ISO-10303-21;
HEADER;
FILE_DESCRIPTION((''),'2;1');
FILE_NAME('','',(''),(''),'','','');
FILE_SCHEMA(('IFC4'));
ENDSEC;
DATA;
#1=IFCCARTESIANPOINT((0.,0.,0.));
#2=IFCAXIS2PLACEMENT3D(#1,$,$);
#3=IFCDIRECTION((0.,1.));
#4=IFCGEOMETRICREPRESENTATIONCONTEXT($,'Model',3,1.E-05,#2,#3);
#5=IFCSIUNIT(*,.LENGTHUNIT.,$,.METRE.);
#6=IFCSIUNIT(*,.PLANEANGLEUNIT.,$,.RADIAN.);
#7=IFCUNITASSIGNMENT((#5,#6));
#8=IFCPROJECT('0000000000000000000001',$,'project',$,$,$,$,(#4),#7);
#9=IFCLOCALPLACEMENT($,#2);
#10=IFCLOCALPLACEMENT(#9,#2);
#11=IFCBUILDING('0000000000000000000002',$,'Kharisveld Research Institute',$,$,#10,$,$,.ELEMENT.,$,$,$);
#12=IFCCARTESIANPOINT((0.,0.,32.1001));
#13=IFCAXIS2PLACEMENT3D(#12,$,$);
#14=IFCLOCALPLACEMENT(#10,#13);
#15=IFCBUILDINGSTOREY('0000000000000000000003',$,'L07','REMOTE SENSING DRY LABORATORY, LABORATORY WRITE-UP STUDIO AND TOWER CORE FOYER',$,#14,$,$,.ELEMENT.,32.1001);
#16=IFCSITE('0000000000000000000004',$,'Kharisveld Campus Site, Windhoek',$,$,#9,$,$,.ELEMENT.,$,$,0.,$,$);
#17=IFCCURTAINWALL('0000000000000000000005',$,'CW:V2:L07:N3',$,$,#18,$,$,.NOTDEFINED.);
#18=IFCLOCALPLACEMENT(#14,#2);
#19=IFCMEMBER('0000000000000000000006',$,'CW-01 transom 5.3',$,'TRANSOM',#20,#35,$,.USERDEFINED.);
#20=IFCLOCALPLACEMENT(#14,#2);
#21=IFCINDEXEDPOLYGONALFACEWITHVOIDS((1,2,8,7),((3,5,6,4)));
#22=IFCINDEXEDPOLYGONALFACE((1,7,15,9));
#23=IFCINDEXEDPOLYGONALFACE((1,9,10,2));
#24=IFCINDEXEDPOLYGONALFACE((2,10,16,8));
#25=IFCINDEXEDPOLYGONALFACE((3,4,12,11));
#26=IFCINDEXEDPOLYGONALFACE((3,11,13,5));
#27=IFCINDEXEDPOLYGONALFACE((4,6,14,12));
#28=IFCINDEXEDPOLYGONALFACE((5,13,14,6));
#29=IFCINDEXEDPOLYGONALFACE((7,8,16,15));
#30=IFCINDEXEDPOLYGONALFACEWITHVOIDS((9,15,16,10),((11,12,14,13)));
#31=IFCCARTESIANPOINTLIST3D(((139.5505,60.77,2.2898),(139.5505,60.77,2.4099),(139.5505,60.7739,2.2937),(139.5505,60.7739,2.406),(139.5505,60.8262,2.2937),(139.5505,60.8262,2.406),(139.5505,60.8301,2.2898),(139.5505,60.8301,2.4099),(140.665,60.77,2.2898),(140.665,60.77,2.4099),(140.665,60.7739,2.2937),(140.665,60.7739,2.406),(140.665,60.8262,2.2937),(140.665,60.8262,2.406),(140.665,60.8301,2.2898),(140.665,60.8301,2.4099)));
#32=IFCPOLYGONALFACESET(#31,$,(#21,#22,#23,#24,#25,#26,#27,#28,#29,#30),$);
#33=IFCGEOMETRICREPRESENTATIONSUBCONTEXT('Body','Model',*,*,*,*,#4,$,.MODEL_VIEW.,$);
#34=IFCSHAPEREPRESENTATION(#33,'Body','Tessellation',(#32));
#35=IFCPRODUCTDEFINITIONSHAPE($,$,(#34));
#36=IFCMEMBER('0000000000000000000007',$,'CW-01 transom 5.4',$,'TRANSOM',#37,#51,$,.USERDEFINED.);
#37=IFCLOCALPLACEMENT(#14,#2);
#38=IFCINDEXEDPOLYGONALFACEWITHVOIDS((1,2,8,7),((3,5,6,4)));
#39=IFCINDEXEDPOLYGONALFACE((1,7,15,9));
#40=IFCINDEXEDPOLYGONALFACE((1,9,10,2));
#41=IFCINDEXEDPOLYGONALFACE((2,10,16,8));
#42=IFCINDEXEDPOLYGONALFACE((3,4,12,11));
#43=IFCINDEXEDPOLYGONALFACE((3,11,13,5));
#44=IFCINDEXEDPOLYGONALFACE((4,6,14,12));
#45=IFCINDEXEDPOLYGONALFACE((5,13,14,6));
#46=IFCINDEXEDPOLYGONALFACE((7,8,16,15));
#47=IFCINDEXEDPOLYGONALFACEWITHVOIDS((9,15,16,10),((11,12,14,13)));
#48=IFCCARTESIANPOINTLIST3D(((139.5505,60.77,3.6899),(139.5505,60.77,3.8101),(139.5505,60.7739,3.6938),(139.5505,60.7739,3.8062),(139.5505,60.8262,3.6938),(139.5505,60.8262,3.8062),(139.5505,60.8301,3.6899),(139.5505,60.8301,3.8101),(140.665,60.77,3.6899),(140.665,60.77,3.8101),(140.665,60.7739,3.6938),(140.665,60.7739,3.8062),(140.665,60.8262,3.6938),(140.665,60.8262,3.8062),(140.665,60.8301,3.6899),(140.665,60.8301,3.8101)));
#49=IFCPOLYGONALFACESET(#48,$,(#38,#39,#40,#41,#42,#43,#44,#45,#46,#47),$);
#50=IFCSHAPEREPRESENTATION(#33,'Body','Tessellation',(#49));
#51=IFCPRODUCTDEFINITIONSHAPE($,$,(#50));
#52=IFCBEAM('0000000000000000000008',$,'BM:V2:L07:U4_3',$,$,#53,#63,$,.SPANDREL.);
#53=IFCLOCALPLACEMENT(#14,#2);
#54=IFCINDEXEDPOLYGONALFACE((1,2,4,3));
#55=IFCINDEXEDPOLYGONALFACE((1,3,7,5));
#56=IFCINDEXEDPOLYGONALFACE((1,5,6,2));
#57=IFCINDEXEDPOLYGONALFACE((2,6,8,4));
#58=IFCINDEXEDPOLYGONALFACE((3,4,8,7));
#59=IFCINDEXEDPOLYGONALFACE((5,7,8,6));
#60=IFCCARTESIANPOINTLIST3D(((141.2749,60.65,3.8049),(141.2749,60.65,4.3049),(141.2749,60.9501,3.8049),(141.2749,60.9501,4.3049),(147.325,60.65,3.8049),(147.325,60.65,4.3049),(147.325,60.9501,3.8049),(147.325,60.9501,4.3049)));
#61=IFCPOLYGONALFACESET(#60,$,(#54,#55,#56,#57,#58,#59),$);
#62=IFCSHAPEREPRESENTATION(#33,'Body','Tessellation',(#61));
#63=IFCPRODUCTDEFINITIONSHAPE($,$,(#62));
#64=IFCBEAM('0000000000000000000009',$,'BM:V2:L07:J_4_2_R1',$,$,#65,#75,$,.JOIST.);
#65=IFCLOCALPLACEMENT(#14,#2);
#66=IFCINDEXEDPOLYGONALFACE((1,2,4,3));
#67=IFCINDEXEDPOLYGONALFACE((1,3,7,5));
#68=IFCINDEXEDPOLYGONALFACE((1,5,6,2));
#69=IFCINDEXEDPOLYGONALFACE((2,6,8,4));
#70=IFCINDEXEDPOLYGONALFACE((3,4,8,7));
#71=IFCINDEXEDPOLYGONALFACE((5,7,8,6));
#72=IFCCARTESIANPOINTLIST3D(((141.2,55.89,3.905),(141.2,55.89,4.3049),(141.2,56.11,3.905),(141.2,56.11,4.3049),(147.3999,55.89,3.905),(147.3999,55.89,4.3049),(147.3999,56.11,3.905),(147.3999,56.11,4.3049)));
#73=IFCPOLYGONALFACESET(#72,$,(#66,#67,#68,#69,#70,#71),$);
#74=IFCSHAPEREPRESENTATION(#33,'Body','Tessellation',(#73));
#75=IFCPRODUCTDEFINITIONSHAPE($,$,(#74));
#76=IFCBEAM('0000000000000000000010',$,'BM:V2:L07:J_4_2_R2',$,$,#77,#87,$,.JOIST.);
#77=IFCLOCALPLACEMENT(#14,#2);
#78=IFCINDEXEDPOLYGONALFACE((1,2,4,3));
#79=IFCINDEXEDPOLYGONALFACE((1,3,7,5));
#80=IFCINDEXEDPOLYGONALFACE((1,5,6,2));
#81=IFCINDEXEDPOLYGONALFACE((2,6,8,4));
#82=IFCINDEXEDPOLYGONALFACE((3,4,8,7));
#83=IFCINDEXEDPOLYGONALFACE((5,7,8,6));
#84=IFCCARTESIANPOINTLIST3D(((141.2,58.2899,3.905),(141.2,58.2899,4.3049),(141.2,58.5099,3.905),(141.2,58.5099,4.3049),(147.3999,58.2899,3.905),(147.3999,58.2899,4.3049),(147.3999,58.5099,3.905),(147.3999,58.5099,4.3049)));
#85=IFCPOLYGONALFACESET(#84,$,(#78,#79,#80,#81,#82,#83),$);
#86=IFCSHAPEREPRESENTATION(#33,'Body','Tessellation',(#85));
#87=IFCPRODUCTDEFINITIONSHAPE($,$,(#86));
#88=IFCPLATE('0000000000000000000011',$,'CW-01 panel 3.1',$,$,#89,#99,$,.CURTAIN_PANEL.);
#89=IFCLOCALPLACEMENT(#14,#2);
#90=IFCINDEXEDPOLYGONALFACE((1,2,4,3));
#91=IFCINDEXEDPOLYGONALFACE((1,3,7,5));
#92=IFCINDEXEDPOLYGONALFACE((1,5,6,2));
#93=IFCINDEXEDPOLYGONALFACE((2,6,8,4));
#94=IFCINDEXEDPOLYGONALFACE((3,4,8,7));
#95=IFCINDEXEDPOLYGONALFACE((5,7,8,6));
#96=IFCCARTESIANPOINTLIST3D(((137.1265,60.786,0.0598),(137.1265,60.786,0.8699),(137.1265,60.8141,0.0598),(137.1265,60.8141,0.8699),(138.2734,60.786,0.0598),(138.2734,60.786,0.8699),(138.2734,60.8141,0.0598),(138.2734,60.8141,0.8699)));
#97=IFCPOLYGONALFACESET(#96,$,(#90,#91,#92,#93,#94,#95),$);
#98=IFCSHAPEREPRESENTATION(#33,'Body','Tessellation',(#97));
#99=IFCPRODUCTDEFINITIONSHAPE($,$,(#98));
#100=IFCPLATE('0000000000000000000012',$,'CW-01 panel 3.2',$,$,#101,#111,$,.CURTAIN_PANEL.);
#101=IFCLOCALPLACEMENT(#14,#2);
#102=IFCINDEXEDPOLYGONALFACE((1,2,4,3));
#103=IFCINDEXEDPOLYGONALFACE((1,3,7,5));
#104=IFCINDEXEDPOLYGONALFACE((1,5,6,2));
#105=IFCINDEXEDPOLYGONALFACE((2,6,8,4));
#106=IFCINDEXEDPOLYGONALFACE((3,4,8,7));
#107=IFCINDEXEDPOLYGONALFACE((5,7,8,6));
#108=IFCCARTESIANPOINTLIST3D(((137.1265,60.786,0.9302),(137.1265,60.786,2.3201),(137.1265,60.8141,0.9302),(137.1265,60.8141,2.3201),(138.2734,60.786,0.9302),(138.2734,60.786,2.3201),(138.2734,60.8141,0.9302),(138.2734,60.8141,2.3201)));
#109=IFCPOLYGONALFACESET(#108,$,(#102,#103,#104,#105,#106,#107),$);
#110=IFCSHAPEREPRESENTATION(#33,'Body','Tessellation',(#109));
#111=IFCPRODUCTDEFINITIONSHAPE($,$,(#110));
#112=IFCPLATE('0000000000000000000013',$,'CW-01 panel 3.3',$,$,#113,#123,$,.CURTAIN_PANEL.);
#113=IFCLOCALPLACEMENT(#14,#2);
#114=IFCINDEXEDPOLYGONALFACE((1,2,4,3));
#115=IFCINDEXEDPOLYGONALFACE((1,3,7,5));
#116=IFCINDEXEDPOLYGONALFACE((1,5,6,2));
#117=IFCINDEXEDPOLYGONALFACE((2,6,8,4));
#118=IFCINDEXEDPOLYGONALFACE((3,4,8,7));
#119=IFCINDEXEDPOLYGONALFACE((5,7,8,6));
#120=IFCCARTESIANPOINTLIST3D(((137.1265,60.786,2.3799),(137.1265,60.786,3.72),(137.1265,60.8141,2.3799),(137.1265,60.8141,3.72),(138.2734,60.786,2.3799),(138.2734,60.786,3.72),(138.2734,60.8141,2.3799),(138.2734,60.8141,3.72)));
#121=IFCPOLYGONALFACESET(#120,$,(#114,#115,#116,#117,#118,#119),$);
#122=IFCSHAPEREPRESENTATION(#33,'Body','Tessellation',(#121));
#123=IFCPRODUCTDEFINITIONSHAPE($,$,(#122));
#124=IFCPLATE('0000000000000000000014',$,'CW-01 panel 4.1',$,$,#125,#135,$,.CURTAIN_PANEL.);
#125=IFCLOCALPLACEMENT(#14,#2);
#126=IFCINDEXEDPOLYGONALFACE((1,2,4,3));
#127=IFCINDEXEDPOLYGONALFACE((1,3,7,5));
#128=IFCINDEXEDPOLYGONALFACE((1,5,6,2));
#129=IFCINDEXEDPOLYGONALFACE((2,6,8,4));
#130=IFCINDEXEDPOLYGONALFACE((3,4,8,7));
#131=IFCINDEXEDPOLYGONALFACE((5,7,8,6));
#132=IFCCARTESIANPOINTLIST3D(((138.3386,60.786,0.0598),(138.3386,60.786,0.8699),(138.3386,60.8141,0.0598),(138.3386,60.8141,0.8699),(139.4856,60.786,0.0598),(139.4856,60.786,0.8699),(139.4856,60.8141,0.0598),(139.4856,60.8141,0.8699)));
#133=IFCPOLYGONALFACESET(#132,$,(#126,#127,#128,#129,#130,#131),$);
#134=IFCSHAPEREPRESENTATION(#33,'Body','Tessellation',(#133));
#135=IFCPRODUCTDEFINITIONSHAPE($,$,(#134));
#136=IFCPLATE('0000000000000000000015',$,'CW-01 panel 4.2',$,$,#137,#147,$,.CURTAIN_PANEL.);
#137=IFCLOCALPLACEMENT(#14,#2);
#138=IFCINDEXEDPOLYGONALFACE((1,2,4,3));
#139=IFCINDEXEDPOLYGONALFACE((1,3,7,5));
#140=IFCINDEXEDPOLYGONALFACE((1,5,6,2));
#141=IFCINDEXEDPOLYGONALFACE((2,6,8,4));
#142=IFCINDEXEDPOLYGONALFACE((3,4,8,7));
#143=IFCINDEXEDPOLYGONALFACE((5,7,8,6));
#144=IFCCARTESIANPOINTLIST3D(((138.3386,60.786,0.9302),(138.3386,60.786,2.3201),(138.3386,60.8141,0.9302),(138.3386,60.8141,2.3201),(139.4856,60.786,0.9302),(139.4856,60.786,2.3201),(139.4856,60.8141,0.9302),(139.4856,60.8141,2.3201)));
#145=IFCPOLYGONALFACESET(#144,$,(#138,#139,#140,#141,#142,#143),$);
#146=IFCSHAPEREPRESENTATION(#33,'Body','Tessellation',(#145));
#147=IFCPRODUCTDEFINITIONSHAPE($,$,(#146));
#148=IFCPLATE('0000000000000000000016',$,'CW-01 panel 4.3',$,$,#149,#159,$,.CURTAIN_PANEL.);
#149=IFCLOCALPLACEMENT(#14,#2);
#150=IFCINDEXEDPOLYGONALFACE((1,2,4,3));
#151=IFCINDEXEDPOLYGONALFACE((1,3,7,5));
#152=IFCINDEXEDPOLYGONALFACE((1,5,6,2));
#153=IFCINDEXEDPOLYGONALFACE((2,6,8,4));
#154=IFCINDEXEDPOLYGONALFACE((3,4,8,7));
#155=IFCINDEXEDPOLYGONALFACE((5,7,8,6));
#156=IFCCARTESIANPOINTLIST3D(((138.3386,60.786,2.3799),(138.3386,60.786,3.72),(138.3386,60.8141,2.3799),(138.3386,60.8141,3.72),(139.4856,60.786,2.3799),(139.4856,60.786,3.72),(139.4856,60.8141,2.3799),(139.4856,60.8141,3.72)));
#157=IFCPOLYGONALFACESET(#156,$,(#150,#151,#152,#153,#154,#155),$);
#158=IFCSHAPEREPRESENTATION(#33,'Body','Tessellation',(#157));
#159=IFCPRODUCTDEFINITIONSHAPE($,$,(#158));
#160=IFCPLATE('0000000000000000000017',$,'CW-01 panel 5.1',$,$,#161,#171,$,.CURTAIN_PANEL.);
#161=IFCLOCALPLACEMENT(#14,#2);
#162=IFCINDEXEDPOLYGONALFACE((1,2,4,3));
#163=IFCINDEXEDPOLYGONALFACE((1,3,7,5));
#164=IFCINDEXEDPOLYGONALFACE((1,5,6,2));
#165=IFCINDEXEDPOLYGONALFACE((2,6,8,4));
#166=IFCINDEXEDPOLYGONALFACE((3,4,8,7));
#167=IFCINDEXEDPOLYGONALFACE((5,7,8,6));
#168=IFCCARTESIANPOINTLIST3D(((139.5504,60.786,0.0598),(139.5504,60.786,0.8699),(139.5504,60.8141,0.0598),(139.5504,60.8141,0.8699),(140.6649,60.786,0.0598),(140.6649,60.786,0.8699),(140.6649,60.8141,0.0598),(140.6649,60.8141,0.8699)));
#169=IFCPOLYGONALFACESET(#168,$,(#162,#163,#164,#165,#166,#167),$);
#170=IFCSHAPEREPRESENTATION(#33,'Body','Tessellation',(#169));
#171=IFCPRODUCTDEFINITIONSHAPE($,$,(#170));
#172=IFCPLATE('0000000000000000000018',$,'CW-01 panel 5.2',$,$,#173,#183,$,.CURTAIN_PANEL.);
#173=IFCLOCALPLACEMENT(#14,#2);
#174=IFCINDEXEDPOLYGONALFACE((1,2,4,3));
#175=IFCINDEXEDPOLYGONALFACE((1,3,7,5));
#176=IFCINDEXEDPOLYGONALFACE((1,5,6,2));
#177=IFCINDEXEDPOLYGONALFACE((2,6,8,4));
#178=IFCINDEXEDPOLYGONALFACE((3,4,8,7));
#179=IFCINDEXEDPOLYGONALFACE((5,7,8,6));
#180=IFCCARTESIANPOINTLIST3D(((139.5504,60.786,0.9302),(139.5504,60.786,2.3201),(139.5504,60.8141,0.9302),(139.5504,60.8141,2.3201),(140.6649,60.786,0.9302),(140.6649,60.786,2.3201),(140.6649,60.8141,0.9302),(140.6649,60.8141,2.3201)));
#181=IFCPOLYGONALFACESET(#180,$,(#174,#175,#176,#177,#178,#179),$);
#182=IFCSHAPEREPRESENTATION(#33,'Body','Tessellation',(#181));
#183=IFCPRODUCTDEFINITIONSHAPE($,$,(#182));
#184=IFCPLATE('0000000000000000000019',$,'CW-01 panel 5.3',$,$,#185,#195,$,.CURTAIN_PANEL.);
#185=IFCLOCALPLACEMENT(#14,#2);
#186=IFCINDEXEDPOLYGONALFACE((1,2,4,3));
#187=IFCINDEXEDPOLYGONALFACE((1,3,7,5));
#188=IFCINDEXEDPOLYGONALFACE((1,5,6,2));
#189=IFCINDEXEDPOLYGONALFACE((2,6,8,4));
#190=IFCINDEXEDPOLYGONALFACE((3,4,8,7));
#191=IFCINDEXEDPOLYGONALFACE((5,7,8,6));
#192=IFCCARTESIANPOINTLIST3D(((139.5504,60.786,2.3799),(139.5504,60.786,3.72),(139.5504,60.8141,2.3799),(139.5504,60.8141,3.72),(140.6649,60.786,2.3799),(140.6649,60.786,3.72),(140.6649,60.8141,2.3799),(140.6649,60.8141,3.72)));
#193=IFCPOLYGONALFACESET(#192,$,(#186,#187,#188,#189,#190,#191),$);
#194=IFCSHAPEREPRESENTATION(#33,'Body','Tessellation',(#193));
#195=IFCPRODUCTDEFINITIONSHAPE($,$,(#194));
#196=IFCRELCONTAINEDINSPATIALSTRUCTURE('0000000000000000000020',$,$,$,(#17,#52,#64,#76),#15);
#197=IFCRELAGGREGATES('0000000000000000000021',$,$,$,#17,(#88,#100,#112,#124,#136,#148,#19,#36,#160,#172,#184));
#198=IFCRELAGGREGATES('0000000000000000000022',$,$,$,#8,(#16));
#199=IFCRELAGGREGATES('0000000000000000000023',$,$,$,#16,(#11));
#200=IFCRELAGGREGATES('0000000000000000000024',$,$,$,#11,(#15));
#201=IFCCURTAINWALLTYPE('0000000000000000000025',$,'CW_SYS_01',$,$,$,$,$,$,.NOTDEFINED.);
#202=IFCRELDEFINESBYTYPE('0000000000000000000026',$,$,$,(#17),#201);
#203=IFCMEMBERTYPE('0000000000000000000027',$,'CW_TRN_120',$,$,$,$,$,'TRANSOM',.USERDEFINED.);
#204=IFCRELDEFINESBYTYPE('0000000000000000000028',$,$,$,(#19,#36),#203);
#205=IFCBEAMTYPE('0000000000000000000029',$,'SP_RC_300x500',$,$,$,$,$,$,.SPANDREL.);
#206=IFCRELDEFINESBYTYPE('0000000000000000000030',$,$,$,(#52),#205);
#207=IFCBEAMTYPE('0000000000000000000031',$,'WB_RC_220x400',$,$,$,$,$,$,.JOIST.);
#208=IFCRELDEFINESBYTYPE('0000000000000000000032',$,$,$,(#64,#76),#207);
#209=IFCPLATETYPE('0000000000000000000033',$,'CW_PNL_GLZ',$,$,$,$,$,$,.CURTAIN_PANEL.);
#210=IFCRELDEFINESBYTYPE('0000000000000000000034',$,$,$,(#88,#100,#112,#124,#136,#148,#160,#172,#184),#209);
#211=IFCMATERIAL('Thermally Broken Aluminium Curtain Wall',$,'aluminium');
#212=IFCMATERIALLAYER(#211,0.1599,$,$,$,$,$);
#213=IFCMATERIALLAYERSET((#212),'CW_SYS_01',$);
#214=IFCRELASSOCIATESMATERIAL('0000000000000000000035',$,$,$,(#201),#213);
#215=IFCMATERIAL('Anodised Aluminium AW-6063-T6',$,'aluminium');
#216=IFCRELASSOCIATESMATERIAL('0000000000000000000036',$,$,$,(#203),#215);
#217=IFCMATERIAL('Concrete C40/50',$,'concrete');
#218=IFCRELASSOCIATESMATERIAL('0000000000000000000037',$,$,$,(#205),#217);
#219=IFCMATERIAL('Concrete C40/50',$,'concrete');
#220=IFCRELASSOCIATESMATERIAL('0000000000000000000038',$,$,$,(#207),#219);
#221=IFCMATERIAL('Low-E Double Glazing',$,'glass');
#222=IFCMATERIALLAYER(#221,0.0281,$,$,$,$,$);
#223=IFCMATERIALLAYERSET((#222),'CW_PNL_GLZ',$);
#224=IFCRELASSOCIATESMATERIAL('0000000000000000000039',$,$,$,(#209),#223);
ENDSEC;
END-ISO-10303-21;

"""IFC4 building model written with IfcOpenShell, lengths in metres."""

from ifc_helpers import new_model, si_unit, direction, frame, origin, origin_2d, place, context, subcontext, project, spatial, rectangle, hollow_rectangle, extrude, material, layer, layer_set, material_profile, profile_set, type_object, element, aggregate, save


model = new_model("IFC4")

# Units and contexts
model_context = context("Model", 3, precision=1e-05, world=origin(), true_north=direction((0.0, 1.0)))
body_context = subcontext(model_context, "Body", "Model", "MODEL_VIEW")
ifc_project = project(units=[si_unit("LENGTHUNIT", "METRE"), si_unit("PLANEANGLEUNIT", "RADIAN")], contexts=[model_context])

# Site, building, storey
site_placement = place(None, origin())
site = spatial("IfcSite", under=ifc_project, at=site_placement, Name="Kharisveld Campus Site, Windhoek", CompositionType="ELEMENT", RefElevation=0.0)
building_placement = place(site_placement, origin())
building = spatial("IfcBuilding", under=site, at=building_placement, Name="Kharisveld Research Institute", CompositionType="ELEMENT")
storey_placement = place(building_placement, frame((0.0, 0.0, 32.1001)))
storey = spatial("IfcBuildingStorey", under=building, at=storey_placement, Name="L07", Description="REMOTE SENSING DRY LABORATORY, LABORATORY WRITE-UP STUDIO AND TOWER CORE FOYER", CompositionType="ELEMENT", Elevation=32.1001)

# Curtain wall, members
ifc_material_1 = material(Name="Thermally Broken Aluminium Curtain Wall", Category="aluminium")
ifc_layer_1 = layer(ifc_material_1, 0.1599)
ifc_layer_set_1 = layer_set([ifc_layer_1], Name="CW_SYS_01")
curtain_wall_type = type_object("IfcCurtainWallType", Name="CW_SYS_01", PredefinedType="NOTDEFINED", material=ifc_layer_set_1)
curtain_wall_placement = place(storey_placement, origin())
curtain_wall = element("IfcCurtainWall", 1, at=curtain_wall_placement, inside=storey, type_object=curtain_wall_type, Name="CW:V2:L07:N3", PredefinedType="NOTDEFINED")
ifc_material_2 = material(Name="Anodised Aluminium AW-6063-T6", Category="aluminium")
ifc_material_profile_1 = material_profile(ifc_material_2, hollow_rectangle(XDim=0.0601, YDim=0.1201, WallThickness=0.0039, at=origin_2d()))
ifc_profile_set_1 = profile_set([ifc_material_profile_1], Name="Anodised Aluminium AW-6063-T6")
member_type_1 = type_object("IfcMemberType", Name="CW_TRN_120", ElementType="TRANSOM", PredefinedType="USERDEFINED", material=ifc_profile_set_1)
member_1_placement = place(storey_placement, frame((139.5505, 60.8, 2.3499), z_axis=(1.0, 0.0, 0.0), x_axis=(0.0, 1.0, 0.0)))
member_1 = element("IfcMember", 2, at=member_1_placement, type_object=member_type_1, Name="CW-01 transom 5.3", ObjectType="TRANSOM", PredefinedType="USERDEFINED", context=body_context, shape_type="SweptSolid", body=[
    extrude(hollow_rectangle(XDim=0.0601, YDim=0.1201, WallThickness=0.0039, at=origin_2d()), origin(), (0.0, 0.0, 1.0), 1.1145),
])
member_2_placement = place(storey_placement, frame((139.5505, 60.8, 3.75), z_axis=(1.0, 0.0, 0.0), x_axis=(0.0, 1.0, 0.0)))
member_2 = element("IfcMember", 3, at=member_2_placement, type_object=member_type_1, Name="CW-01 transom 5.4", ObjectType="TRANSOM", PredefinedType="USERDEFINED", context=body_context, shape_type="SweptSolid", body=[
    extrude(hollow_rectangle(XDim=0.0601, YDim=0.1201, WallThickness=0.0039, at=origin_2d()), origin(), (0.0, 0.0, 1.0), 1.1145),
])

# Beams
ifc_material_3 = material(Name="Concrete C40/50", Category="concrete")
ifc_material_profile_2 = material_profile(ifc_material_3, rectangle(XDim=0.3, YDim=0.5, at=origin_2d()))
ifc_profile_set_2 = profile_set([ifc_material_profile_2], Name="Concrete C40/50")
beam_type_1 = type_object("IfcBeamType", Name="SP_RC_300x500", PredefinedType="SPANDREL", material=ifc_profile_set_2)
beam_placement = place(storey_placement, frame((141.2749, 60.8, 4.0549), z_axis=(1.0, 0.0, 0.0), x_axis=(0.0, 1.0, 0.0)))
element("IfcBeam", 4, at=beam_placement, inside=storey, type_object=beam_type_1, Name="BM:V2:L07:U4_3", PredefinedType="SPANDREL", context=body_context, shape_type="SweptSolid", body=[
    extrude(rectangle(XDim=0.3, YDim=0.5, at=origin_2d()), origin(), (0.0, 0.0, 1.0), 6.05),
])
ifc_material_4 = material(Name="Concrete C40/50", Category="concrete")
ifc_material_profile_3 = material_profile(ifc_material_4, rectangle(XDim=0.22, YDim=0.3999, at=origin_2d()))
ifc_profile_set_3 = profile_set([ifc_material_profile_3], Name="Concrete C40/50")
beam_type_2 = type_object("IfcBeamType", Name="WB_RC_220x400", PredefinedType="JOIST", material=ifc_profile_set_3)
for number, where, z_axis, x_axis, name in (
    (5, (141.2, 56.0, 4.105), (1.0, 0.0, 0.0), (0.0, 1.0, 0.0), "BM:V2:L07:J_4_2_R1"),
    (6, (141.2, 58.3999, 4.105), (1.0, 0.0, 0.0), (0.0, 1.0, 0.0), "BM:V2:L07:J_4_2_R2"),
):
    element("IfcBeam", number, at=place(storey_placement, frame(where, z_axis=z_axis, x_axis=x_axis)), inside=storey, type_object=beam_type_2, Name=name, PredefinedType="JOIST", context=body_context, shape_type="SweptSolid", body=[
        extrude(rectangle(XDim=0.22, YDim=0.3999, at=origin_2d()), origin(), (0.0, 0.0, 1.0), 6.2),
    ])

# Plates
ifc_material_5 = material(Name="Low-E Double Glazing", Category="glass")
ifc_layer_2 = layer(ifc_material_5, 0.0281)
ifc_layer_set_2 = layer_set([ifc_layer_2], Name="CW_PNL_GLZ")
plate_type = type_object("IfcPlateType", Name="CW_PNL_GLZ", PredefinedType="CURTAIN_PANEL", material=ifc_layer_set_2)
plate_1_placement = place(storey_placement, frame((137.7, 60.8, 0.0598), z_axis=(0.0, 0.0, 1.0), x_axis=(1.0, 0.0, 0.0)))
plate_1 = element("IfcPlate", 7, at=plate_1_placement, type_object=plate_type, Name="CW-01 panel 3.1", PredefinedType="CURTAIN_PANEL", context=body_context, shape_type="SweptSolid", body=[
    extrude(rectangle(XDim=1.147, YDim=0.0281, at=origin_2d()), origin(), (0.0, 0.0, 1.0), 0.8101),
])
plate_2_placement = place(storey_placement, frame((137.7, 60.8, 0.9302), z_axis=(0.0, 0.0, 1.0), x_axis=(1.0, 0.0, 0.0)))
plate_2 = element("IfcPlate", 8, at=plate_2_placement, type_object=plate_type, Name="CW-01 panel 3.2", PredefinedType="CURTAIN_PANEL", context=body_context, shape_type="SweptSolid", body=[
    extrude(rectangle(XDim=1.147, YDim=0.0281, at=origin_2d()), origin(), (0.0, 0.0, 1.0), 1.3899),
])
plate_3_placement = place(storey_placement, frame((137.7, 60.8, 2.3799), z_axis=(0.0, 0.0, 1.0), x_axis=(1.0, 0.0, 0.0)))
plate_3 = element("IfcPlate", 9, at=plate_3_placement, type_object=plate_type, Name="CW-01 panel 3.3", PredefinedType="CURTAIN_PANEL", context=body_context, shape_type="SweptSolid", body=[
    extrude(rectangle(XDim=1.147, YDim=0.0281, at=origin_2d()), origin(), (0.0, 0.0, 1.0), 1.3401),
])
plate_4_placement = place(storey_placement, frame((138.9121, 60.8, 0.0598), z_axis=(0.0, 0.0, 1.0), x_axis=(1.0, 0.0, 0.0)))
plate_4 = element("IfcPlate", 10, at=plate_4_placement, type_object=plate_type, Name="CW-01 panel 4.1", PredefinedType="CURTAIN_PANEL", context=body_context, shape_type="SweptSolid", body=[
    extrude(rectangle(XDim=1.147, YDim=0.0281, at=origin_2d()), origin(), (0.0, 0.0, 1.0), 0.8101),
])
plate_5_placement = place(storey_placement, frame((138.9121, 60.8, 0.9302), z_axis=(0.0, 0.0, 1.0), x_axis=(1.0, 0.0, 0.0)))
plate_5 = element("IfcPlate", 11, at=plate_5_placement, type_object=plate_type, Name="CW-01 panel 4.2", PredefinedType="CURTAIN_PANEL", context=body_context, shape_type="SweptSolid", body=[
    extrude(rectangle(XDim=1.147, YDim=0.0281, at=origin_2d()), origin(), (0.0, 0.0, 1.0), 1.3899),
])
plate_6_placement = place(storey_placement, frame((138.9121, 60.8, 2.3799), z_axis=(0.0, 0.0, 1.0), x_axis=(1.0, 0.0, 0.0)))
plate_6 = element("IfcPlate", 12, at=plate_6_placement, type_object=plate_type, Name="CW-01 panel 4.3", PredefinedType="CURTAIN_PANEL", context=body_context, shape_type="SweptSolid", body=[
    extrude(rectangle(XDim=1.147, YDim=0.0281, at=origin_2d()), origin(), (0.0, 0.0, 1.0), 1.3401),
])
plate_7_placement = place(storey_placement, frame((140.1077, 60.8, 0.0598), z_axis=(0.0, 0.0, 1.0), x_axis=(1.0, 0.0, 0.0)))
plate_7 = element("IfcPlate", 13, at=plate_7_placement, type_object=plate_type, Name="CW-01 panel 5.1", PredefinedType="CURTAIN_PANEL", context=body_context, shape_type="SweptSolid", body=[
    extrude(rectangle(XDim=1.1145, YDim=0.0281, at=origin_2d()), origin(), (0.0, 0.0, 1.0), 0.8101),
])
plate_8_placement = place(storey_placement, frame((140.1077, 60.8, 0.9302), z_axis=(0.0, 0.0, 1.0), x_axis=(1.0, 0.0, 0.0)))
plate_8 = element("IfcPlate", 14, at=plate_8_placement, type_object=plate_type, Name="CW-01 panel 5.2", PredefinedType="CURTAIN_PANEL", context=body_context, shape_type="SweptSolid", body=[
    extrude(rectangle(XDim=1.1145, YDim=0.0281, at=origin_2d()), origin(), (0.0, 0.0, 1.0), 1.3899),
])
plate_9_placement = place(storey_placement, frame((140.1077, 60.8, 2.3799), z_axis=(0.0, 0.0, 1.0), x_axis=(1.0, 0.0, 0.0)))
plate_9 = element("IfcPlate", 15, at=plate_9_placement, type_object=plate_type, Name="CW-01 panel 5.3", PredefinedType="CURTAIN_PANEL", context=body_context, shape_type="SweptSolid", body=[
    extrude(rectangle(XDim=1.1145, YDim=0.0281, at=origin_2d()), origin(), (0.0, 0.0, 1.0), 1.3401),
])
aggregate(curtain_wall, [plate_1, plate_2, plate_3, plate_4, plate_5, plate_6, member_1, member_2, plate_7, plate_8, plate_9])

save(model, "model.ifc")
